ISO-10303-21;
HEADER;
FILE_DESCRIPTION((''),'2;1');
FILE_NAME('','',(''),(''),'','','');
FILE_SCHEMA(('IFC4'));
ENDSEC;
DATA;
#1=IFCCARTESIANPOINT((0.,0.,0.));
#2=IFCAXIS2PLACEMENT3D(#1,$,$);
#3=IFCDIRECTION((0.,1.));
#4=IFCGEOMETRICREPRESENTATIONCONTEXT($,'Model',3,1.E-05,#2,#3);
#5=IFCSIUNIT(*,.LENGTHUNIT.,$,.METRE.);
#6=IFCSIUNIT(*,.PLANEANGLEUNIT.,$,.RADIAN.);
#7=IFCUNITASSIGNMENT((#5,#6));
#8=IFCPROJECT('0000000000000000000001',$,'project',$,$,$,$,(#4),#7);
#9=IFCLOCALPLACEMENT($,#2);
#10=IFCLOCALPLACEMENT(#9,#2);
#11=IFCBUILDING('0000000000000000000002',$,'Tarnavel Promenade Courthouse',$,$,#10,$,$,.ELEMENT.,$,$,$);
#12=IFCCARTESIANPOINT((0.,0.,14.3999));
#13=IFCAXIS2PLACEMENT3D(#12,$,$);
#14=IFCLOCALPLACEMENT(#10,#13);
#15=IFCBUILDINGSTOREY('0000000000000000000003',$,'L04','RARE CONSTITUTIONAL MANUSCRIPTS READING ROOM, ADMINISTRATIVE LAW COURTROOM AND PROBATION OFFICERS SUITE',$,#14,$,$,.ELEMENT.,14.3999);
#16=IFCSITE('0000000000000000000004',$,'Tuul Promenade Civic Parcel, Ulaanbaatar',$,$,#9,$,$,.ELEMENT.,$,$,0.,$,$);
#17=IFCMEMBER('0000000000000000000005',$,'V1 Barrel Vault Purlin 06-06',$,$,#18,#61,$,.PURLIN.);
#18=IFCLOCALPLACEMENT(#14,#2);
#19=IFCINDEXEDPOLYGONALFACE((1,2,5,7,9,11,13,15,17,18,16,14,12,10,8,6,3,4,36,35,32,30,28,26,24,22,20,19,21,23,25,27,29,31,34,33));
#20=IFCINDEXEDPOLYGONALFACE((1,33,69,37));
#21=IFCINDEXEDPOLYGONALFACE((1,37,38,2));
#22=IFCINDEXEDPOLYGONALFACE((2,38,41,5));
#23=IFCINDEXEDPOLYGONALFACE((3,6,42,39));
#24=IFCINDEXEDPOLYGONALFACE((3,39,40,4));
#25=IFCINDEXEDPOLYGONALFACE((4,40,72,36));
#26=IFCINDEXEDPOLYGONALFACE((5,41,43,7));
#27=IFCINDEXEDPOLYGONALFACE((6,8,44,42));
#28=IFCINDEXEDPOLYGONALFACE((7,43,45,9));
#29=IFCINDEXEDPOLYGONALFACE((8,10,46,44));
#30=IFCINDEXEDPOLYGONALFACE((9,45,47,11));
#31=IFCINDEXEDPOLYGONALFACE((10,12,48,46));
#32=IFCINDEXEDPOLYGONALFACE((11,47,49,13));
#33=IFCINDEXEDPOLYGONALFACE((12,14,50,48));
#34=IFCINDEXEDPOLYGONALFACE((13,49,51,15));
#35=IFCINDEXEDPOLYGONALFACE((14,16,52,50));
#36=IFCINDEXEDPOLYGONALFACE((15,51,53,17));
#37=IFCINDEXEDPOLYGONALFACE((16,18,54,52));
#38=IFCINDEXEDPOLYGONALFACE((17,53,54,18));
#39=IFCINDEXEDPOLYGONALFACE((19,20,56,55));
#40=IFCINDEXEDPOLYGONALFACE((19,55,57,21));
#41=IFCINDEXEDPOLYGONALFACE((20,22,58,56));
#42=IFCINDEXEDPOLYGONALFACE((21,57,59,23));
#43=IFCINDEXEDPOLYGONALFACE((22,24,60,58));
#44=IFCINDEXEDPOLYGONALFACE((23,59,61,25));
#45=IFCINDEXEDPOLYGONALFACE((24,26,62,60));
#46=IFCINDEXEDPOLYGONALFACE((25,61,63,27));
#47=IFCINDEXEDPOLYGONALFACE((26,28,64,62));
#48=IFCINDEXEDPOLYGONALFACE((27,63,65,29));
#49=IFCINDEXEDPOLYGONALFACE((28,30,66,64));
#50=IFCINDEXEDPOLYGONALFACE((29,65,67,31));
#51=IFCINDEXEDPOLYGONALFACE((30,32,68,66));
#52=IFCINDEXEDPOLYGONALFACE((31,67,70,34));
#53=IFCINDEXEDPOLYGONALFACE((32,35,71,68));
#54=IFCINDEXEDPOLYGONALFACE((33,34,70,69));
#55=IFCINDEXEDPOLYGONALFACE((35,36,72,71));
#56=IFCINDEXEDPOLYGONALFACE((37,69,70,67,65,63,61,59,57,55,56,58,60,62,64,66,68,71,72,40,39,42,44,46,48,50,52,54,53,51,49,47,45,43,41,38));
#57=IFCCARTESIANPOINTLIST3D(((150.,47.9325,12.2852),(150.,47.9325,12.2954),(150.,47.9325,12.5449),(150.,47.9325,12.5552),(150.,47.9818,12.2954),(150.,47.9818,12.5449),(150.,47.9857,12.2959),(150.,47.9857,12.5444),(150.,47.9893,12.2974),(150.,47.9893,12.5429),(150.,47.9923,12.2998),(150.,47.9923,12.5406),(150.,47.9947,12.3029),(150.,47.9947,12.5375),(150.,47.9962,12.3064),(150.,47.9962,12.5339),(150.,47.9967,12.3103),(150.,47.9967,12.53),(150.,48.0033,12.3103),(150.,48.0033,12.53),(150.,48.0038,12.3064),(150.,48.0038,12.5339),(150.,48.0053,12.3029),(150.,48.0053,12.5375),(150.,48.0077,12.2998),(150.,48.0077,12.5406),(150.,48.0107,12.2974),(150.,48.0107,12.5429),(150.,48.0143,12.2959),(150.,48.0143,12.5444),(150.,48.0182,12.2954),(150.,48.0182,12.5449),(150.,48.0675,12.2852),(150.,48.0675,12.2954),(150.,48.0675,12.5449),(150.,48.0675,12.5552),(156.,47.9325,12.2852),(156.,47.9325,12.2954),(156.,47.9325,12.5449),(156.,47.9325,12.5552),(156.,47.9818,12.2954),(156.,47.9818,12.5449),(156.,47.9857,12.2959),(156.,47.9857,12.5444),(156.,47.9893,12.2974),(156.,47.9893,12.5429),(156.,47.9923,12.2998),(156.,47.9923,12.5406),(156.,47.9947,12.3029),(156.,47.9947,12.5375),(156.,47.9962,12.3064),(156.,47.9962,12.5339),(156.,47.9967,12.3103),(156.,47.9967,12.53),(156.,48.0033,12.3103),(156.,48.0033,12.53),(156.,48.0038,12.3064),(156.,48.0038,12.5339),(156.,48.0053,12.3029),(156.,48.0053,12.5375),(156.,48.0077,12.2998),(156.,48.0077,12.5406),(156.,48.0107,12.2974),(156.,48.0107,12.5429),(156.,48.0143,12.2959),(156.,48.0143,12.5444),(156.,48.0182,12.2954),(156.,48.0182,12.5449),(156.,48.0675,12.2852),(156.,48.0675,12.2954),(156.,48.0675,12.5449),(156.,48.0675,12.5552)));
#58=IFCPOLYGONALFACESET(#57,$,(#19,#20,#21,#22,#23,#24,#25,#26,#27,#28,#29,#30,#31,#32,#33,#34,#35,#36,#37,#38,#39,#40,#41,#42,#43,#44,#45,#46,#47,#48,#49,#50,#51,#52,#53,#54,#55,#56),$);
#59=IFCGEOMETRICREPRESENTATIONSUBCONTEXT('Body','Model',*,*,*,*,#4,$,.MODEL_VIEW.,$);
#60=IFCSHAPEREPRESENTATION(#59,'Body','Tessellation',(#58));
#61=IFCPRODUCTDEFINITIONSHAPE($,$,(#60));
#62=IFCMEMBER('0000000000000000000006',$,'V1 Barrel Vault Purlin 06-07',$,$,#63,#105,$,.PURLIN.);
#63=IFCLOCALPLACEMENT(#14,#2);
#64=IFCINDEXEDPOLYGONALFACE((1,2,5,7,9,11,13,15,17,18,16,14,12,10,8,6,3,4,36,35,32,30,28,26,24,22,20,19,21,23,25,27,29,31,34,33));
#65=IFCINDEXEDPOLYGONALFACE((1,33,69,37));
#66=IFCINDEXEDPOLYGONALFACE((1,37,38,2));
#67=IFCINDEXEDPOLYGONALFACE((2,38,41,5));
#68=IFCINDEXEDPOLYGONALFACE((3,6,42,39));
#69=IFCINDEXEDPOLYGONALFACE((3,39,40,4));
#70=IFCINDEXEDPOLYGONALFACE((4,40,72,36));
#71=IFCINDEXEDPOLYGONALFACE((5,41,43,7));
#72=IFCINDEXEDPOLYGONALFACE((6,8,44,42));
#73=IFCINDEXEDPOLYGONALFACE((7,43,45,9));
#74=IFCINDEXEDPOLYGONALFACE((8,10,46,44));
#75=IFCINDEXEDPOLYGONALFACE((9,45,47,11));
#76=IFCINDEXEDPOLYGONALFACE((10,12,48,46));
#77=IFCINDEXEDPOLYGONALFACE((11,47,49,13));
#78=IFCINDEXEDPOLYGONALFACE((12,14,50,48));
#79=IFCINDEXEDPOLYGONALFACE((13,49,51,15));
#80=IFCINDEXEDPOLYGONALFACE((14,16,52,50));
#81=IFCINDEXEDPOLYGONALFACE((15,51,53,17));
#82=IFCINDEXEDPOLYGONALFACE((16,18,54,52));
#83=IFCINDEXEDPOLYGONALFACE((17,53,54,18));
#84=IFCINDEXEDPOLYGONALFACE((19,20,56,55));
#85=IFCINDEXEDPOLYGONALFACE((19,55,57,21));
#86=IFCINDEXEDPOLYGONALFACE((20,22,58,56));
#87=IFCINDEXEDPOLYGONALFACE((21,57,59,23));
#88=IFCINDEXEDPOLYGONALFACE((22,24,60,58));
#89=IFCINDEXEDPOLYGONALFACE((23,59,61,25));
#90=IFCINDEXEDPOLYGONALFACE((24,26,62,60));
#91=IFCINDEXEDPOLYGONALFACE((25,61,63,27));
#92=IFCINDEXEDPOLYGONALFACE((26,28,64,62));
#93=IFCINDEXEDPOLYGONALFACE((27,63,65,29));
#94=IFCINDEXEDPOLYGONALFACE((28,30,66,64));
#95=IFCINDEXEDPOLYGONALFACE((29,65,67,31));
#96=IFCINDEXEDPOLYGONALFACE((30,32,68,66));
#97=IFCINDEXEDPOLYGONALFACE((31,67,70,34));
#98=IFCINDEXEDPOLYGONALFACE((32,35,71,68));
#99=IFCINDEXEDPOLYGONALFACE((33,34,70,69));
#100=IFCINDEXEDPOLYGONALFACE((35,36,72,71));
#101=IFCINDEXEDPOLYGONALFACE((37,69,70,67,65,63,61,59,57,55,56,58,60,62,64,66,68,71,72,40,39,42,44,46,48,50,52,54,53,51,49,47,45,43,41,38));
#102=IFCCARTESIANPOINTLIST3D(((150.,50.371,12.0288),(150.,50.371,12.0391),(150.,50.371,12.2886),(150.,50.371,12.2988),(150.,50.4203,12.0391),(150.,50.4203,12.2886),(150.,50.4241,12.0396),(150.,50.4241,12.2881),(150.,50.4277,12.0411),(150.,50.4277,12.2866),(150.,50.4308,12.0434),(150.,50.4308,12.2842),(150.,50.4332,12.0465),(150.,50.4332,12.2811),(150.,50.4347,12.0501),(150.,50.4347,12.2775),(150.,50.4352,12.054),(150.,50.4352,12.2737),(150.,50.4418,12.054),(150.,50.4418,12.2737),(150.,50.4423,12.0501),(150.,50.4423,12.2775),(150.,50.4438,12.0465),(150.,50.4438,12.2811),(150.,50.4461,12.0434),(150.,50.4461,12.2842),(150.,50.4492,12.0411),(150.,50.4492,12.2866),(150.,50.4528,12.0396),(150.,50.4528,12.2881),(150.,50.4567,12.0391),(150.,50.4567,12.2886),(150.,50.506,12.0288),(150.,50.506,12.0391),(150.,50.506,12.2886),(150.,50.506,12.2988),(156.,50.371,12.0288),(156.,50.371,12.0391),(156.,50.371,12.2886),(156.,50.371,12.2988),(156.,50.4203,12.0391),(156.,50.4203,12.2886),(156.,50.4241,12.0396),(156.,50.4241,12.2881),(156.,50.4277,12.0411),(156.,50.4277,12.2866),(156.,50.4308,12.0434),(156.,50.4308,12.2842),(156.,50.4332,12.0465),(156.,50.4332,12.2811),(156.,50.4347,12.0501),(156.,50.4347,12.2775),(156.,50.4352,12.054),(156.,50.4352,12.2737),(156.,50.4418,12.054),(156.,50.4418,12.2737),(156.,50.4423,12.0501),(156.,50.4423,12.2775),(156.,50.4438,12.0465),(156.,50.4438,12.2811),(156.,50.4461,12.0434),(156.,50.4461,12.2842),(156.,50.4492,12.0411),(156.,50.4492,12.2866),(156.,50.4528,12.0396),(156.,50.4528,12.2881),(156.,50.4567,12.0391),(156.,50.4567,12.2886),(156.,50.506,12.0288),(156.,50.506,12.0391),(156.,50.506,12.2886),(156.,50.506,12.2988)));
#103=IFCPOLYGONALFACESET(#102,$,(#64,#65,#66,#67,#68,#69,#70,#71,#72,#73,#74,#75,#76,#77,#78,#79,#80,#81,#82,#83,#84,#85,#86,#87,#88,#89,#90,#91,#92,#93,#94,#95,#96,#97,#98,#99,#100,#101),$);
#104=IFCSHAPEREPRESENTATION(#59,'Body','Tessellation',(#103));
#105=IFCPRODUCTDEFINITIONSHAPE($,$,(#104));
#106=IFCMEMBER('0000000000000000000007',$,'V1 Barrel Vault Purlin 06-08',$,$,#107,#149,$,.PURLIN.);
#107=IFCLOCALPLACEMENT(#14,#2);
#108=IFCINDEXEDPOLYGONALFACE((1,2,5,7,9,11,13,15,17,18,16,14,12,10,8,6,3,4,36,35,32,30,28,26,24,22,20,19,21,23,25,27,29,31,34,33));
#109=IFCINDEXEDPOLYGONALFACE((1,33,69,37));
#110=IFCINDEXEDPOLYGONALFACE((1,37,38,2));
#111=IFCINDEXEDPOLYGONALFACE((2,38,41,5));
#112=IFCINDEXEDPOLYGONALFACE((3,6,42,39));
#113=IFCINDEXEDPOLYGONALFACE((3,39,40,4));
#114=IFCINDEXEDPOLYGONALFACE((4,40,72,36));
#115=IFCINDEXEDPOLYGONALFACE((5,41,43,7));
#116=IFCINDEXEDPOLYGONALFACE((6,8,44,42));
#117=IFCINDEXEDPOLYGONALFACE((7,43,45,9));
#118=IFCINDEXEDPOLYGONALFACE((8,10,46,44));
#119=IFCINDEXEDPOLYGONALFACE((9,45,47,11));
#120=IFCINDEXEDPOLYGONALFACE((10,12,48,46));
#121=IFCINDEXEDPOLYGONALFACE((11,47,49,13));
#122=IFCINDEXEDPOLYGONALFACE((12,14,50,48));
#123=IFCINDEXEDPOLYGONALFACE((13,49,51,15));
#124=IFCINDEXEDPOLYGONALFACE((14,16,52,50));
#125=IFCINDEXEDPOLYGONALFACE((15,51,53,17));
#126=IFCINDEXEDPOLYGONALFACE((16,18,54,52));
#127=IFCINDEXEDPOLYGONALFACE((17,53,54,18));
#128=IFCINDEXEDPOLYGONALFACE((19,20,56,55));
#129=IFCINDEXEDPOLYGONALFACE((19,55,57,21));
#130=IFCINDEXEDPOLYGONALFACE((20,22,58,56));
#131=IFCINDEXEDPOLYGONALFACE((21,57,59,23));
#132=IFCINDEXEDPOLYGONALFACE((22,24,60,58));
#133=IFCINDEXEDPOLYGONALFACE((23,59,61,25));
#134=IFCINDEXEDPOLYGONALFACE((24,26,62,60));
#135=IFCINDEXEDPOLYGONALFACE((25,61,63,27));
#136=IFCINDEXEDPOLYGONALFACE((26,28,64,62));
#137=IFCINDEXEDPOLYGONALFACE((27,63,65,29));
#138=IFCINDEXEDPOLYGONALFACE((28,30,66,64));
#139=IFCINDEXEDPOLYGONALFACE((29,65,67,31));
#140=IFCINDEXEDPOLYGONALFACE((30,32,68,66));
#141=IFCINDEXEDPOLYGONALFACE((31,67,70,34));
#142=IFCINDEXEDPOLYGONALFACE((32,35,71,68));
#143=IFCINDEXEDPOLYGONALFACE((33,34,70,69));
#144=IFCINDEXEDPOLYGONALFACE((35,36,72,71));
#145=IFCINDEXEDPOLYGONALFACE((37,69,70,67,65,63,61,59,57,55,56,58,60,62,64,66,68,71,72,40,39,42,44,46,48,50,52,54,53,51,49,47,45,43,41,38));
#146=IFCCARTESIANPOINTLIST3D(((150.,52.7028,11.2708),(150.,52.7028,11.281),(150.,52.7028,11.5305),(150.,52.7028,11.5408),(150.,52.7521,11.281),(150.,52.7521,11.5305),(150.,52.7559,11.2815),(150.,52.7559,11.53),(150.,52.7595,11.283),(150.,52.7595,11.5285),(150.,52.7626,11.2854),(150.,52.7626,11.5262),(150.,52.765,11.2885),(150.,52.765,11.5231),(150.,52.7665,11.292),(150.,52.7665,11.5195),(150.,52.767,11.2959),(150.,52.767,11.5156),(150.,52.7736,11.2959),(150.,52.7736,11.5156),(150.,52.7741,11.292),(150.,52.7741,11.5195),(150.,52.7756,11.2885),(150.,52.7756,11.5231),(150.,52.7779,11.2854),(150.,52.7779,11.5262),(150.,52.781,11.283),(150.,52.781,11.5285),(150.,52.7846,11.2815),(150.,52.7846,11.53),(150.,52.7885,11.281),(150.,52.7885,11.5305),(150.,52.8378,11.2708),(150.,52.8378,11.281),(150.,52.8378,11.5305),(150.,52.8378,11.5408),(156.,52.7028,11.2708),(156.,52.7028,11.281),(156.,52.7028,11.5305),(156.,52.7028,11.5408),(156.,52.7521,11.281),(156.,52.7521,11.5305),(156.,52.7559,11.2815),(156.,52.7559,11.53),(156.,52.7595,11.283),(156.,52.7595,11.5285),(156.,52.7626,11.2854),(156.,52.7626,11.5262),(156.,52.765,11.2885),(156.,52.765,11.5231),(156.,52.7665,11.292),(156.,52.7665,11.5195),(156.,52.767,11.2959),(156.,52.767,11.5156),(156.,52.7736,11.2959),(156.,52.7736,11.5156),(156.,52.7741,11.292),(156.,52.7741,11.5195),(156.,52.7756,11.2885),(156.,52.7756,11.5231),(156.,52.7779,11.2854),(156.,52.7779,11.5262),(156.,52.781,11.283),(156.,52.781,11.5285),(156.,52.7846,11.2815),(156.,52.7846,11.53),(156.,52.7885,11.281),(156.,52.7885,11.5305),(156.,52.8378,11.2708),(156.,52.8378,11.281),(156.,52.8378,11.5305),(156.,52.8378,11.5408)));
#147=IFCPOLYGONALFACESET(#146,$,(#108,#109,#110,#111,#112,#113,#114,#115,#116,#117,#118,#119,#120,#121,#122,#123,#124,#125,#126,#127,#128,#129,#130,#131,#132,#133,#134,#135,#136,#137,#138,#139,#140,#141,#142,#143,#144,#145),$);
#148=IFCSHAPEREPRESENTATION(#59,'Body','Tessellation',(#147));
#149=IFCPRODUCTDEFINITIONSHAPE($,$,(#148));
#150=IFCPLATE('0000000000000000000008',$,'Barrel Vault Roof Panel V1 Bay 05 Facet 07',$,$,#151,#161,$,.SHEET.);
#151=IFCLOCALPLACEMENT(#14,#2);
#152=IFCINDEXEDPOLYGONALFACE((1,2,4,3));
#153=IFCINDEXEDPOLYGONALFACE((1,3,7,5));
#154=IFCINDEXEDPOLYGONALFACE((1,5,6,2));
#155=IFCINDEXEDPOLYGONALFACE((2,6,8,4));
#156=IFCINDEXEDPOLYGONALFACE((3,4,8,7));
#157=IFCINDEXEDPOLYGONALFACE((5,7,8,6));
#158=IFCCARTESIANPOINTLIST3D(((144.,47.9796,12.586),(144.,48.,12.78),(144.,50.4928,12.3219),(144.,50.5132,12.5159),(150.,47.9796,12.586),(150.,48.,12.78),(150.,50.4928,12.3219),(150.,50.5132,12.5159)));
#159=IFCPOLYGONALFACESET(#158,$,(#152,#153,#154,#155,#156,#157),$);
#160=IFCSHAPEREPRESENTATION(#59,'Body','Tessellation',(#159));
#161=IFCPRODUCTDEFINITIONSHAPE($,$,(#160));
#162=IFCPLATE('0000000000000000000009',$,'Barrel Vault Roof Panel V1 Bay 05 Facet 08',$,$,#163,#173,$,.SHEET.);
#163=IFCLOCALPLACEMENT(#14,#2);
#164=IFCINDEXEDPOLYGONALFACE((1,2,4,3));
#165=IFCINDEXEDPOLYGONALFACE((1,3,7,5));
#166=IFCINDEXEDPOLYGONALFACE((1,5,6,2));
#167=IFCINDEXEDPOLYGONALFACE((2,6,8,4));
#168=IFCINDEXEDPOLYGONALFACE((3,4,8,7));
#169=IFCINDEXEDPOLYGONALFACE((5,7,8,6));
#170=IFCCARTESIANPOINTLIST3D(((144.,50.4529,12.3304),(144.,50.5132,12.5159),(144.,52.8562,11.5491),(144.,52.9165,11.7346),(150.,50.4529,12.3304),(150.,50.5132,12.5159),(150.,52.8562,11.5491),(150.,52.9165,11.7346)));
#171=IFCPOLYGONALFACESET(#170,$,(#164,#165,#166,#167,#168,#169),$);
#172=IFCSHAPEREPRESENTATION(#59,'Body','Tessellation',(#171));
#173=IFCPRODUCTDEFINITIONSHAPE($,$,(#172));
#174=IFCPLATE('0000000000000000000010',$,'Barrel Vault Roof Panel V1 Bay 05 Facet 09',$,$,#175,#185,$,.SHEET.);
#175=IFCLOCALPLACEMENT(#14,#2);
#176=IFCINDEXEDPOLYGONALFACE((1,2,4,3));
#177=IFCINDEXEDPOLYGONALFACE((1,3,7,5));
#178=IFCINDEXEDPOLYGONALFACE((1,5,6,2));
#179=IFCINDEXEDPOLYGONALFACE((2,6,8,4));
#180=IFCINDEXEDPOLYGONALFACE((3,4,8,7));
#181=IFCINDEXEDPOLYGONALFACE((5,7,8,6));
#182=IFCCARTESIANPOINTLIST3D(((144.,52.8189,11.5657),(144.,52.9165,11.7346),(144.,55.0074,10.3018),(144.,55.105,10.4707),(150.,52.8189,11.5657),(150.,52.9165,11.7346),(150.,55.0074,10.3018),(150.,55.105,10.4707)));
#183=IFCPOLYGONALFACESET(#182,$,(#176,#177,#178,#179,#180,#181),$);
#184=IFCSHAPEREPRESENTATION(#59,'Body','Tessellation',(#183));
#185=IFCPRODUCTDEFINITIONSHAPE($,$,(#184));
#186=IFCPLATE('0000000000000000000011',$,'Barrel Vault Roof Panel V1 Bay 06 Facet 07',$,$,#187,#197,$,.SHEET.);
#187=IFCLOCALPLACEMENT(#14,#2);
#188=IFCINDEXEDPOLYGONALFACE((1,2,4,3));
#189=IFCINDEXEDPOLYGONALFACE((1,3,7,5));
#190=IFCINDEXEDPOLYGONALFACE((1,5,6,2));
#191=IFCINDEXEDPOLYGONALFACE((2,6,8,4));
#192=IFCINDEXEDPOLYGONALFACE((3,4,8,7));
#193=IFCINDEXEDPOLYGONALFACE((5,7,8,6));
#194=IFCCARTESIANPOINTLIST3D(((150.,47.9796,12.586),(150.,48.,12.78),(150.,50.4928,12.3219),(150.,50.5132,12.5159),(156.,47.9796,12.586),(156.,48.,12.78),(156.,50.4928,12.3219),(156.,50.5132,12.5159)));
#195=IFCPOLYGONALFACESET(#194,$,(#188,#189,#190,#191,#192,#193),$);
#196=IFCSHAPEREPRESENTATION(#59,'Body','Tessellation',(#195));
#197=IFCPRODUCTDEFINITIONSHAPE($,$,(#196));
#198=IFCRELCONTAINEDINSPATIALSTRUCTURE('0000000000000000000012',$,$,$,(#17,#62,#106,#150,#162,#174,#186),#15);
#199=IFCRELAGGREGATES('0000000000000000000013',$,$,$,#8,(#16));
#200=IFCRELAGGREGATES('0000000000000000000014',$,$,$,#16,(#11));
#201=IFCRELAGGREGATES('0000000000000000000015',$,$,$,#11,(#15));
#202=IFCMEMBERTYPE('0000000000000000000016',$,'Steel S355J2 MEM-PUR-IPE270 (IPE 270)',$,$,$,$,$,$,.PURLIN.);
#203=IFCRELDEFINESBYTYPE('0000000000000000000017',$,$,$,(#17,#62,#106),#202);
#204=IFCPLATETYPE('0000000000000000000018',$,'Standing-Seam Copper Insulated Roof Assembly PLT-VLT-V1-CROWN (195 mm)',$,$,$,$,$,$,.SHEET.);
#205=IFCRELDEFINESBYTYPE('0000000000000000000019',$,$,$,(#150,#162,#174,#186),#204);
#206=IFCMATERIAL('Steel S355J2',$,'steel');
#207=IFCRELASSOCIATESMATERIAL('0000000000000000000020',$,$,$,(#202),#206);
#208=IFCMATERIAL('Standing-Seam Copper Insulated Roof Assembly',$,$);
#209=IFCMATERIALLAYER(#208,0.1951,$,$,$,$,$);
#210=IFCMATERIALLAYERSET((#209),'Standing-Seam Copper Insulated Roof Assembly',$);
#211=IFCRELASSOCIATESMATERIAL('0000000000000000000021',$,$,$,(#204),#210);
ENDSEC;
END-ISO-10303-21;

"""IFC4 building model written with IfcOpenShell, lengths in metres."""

from ifc_helpers import new_model, si_unit, direction, frame, origin, origin_2d, place, context, subcontext, project, spatial, polyline, i_section, outline, extrude, material, layer, layer_set, material_profile, profile_set, type_object, element, save


model = new_model("IFC4")

# Units and contexts
model_context = context("Model", 3, precision=1e-05, world=origin(), true_north=direction((0.0, 1.0)))
body_context = subcontext(model_context, "Body", "Model", "MODEL_VIEW")
ifc_project = project(units=[si_unit("LENGTHUNIT", "METRE"), si_unit("PLANEANGLEUNIT", "RADIAN")], contexts=[model_context])

# Site, building, storey
site_placement = place(None, origin())
site = spatial("IfcSite", under=ifc_project, at=site_placement, Name="Tuul Promenade Civic Parcel, Ulaanbaatar", CompositionType="ELEMENT", RefElevation=0.0)
building_placement = place(site_placement, origin())
building = spatial("IfcBuilding", under=site, at=building_placement, Name="Tarnavel Promenade Courthouse", CompositionType="ELEMENT")
storey_placement = place(building_placement, frame((0.0, 0.0, 14.3999)))
storey = spatial("IfcBuildingStorey", under=building, at=storey_placement, Name="L04", Description="RARE CONSTITUTIONAL MANUSCRIPTS READING ROOM, ADMINISTRATIVE LAW COURTROOM AND PROBATION OFFICERS SUITE", CompositionType="ELEMENT", Elevation=14.3999)

# Shared definitions
ifc_material_1 = material(Name="Steel S355J2", Category="steel")

# Members
ifc_material_profile_1 = material_profile(ifc_material_1, i_section(OverallWidth=0.135, OverallDepth=0.27, WebThickness=0.0066, FlangeThickness=0.0103, FilletRadius=0.0149, at=origin_2d()), Name="IPE 270")
ifc_profile_set_1 = profile_set([ifc_material_profile_1], Name="Steel S355J2")
member_type = type_object("IfcMemberType", Name="Steel S355J2 MEM-PUR-IPE270 (IPE 270)", PredefinedType="PURLIN", material=ifc_profile_set_1)
for number, where, z_axis, x_axis, name in (
    (1, (150.0, 48.0, 12.4202), (1.0, 0.0, 0.0), (0.0, 1.0, 0.0), "V1 Barrel Vault Purlin 06-06"),
    (2, (150.0, 50.4385, 12.1638), (1.0, 0.0, 0.0), (0.0, 1.0, 0.0), "V1 Barrel Vault Purlin 06-07"),
    (3, (150.0, 52.7703, 11.4058), (1.0, 0.0, 0.0), (0.0, 1.0, 0.0), "V1 Barrel Vault Purlin 06-08"),
):
    element("IfcMember", number, at=place(storey_placement, frame(where, z_axis=z_axis, x_axis=x_axis)), inside=storey, type_object=member_type, Name=name, PredefinedType="PURLIN", context=body_context, shape_type="SweptSolid", body=[
        extrude(i_section(OverallWidth=0.135, OverallDepth=0.27, WebThickness=0.0066, FlangeThickness=0.0103, FilletRadius=0.0149, at=origin_2d()), origin(), (0.0, 0.0, 1.0), 6.0),
    ])

# Plates
ifc_material_2 = material(Name="Standing-Seam Copper Insulated Roof Assembly")
ifc_layer = layer(ifc_material_2, 0.1951)
ifc_layer_set = layer_set([ifc_layer], Name="Standing-Seam Copper Insulated Roof Assembly")
plate_type = type_object("IfcPlateType", Name="Standing-Seam Copper Insulated Roof Assembly PLT-VLT-V1-CROWN (195 mm)", PredefinedType="SHEET", material=ifc_layer_set)
plate_1_placement = place(storey_placement, frame((144.0, 48.0, 12.78), z_axis=(0.0, 0.104534, 0.994521), x_axis=(1.0, 0.0, 0.0)))
element("IfcPlate", 4, at=plate_1_placement, inside=storey, type_object=plate_type, Name="Barrel Vault Roof Panel V1 Bay 05 Facet 07", PredefinedType="SHEET", context=body_context, shape_type="SweptSolid", body=[
    extrude(outline(polyline([(0.0, 0.0), (6.0, 0.0), (6.0, 2.527), (0.0, 2.527), (0.0, 0.0)])), origin(), (0.0, 0.0, -1.0), 0.1951),
])
plate_2_placement = place(storey_placement, frame((144.0, 50.5132, 12.5159), z_axis=(0.0, 0.309147, 0.951014), x_axis=(1.0, 0.0, 0.0)))
element("IfcPlate", 5, at=plate_2_placement, inside=storey, type_object=plate_type, Name="Barrel Vault Roof Panel V1 Bay 05 Facet 08", PredefinedType="SHEET", context=body_context, shape_type="SweptSolid", body=[
    extrude(outline(polyline([(0.0, 0.0), (6.0, 0.0), (6.0, 2.5271), (0.0, 2.5271), (0.0, 0.0)])), origin(), (0.0, 0.0, -1.0), 0.1951),
])
plate_3_placement = place(storey_placement, frame((144.0, 52.9165, 11.7346), z_axis=(0.0, 0.500118, 0.865957), x_axis=(1.0, 0.0, 0.0)))
element("IfcPlate", 6, at=plate_3_placement, inside=storey, type_object=plate_type, Name="Barrel Vault Roof Panel V1 Bay 05 Facet 09", PredefinedType="SHEET", context=body_context, shape_type="SweptSolid", body=[
    extrude(outline(polyline([(0.0, 0.0), (6.0, 0.0), (6.0, 2.5272), (0.0, 2.5272), (0.0, 0.0)])), origin(), (0.0, 0.0, -1.0), 0.1951),
])
plate_4_placement = place(storey_placement, frame((150.0, 48.0, 12.78), z_axis=(0.0, 0.104534, 0.994521), x_axis=(1.0, 0.0, 0.0)))
element("IfcPlate", 7, at=plate_4_placement, inside=storey, type_object=plate_type, Name="Barrel Vault Roof Panel V1 Bay 06 Facet 07", PredefinedType="SHEET", context=body_context, shape_type="SweptSolid", body=[
    extrude(outline(polyline([(0.0, 0.0), (6.0, 0.0), (6.0, 2.527), (0.0, 2.527), (0.0, 0.0)])), origin(), (0.0, 0.0, -1.0), 0.1951),
])

save(model, "model.ifc")
